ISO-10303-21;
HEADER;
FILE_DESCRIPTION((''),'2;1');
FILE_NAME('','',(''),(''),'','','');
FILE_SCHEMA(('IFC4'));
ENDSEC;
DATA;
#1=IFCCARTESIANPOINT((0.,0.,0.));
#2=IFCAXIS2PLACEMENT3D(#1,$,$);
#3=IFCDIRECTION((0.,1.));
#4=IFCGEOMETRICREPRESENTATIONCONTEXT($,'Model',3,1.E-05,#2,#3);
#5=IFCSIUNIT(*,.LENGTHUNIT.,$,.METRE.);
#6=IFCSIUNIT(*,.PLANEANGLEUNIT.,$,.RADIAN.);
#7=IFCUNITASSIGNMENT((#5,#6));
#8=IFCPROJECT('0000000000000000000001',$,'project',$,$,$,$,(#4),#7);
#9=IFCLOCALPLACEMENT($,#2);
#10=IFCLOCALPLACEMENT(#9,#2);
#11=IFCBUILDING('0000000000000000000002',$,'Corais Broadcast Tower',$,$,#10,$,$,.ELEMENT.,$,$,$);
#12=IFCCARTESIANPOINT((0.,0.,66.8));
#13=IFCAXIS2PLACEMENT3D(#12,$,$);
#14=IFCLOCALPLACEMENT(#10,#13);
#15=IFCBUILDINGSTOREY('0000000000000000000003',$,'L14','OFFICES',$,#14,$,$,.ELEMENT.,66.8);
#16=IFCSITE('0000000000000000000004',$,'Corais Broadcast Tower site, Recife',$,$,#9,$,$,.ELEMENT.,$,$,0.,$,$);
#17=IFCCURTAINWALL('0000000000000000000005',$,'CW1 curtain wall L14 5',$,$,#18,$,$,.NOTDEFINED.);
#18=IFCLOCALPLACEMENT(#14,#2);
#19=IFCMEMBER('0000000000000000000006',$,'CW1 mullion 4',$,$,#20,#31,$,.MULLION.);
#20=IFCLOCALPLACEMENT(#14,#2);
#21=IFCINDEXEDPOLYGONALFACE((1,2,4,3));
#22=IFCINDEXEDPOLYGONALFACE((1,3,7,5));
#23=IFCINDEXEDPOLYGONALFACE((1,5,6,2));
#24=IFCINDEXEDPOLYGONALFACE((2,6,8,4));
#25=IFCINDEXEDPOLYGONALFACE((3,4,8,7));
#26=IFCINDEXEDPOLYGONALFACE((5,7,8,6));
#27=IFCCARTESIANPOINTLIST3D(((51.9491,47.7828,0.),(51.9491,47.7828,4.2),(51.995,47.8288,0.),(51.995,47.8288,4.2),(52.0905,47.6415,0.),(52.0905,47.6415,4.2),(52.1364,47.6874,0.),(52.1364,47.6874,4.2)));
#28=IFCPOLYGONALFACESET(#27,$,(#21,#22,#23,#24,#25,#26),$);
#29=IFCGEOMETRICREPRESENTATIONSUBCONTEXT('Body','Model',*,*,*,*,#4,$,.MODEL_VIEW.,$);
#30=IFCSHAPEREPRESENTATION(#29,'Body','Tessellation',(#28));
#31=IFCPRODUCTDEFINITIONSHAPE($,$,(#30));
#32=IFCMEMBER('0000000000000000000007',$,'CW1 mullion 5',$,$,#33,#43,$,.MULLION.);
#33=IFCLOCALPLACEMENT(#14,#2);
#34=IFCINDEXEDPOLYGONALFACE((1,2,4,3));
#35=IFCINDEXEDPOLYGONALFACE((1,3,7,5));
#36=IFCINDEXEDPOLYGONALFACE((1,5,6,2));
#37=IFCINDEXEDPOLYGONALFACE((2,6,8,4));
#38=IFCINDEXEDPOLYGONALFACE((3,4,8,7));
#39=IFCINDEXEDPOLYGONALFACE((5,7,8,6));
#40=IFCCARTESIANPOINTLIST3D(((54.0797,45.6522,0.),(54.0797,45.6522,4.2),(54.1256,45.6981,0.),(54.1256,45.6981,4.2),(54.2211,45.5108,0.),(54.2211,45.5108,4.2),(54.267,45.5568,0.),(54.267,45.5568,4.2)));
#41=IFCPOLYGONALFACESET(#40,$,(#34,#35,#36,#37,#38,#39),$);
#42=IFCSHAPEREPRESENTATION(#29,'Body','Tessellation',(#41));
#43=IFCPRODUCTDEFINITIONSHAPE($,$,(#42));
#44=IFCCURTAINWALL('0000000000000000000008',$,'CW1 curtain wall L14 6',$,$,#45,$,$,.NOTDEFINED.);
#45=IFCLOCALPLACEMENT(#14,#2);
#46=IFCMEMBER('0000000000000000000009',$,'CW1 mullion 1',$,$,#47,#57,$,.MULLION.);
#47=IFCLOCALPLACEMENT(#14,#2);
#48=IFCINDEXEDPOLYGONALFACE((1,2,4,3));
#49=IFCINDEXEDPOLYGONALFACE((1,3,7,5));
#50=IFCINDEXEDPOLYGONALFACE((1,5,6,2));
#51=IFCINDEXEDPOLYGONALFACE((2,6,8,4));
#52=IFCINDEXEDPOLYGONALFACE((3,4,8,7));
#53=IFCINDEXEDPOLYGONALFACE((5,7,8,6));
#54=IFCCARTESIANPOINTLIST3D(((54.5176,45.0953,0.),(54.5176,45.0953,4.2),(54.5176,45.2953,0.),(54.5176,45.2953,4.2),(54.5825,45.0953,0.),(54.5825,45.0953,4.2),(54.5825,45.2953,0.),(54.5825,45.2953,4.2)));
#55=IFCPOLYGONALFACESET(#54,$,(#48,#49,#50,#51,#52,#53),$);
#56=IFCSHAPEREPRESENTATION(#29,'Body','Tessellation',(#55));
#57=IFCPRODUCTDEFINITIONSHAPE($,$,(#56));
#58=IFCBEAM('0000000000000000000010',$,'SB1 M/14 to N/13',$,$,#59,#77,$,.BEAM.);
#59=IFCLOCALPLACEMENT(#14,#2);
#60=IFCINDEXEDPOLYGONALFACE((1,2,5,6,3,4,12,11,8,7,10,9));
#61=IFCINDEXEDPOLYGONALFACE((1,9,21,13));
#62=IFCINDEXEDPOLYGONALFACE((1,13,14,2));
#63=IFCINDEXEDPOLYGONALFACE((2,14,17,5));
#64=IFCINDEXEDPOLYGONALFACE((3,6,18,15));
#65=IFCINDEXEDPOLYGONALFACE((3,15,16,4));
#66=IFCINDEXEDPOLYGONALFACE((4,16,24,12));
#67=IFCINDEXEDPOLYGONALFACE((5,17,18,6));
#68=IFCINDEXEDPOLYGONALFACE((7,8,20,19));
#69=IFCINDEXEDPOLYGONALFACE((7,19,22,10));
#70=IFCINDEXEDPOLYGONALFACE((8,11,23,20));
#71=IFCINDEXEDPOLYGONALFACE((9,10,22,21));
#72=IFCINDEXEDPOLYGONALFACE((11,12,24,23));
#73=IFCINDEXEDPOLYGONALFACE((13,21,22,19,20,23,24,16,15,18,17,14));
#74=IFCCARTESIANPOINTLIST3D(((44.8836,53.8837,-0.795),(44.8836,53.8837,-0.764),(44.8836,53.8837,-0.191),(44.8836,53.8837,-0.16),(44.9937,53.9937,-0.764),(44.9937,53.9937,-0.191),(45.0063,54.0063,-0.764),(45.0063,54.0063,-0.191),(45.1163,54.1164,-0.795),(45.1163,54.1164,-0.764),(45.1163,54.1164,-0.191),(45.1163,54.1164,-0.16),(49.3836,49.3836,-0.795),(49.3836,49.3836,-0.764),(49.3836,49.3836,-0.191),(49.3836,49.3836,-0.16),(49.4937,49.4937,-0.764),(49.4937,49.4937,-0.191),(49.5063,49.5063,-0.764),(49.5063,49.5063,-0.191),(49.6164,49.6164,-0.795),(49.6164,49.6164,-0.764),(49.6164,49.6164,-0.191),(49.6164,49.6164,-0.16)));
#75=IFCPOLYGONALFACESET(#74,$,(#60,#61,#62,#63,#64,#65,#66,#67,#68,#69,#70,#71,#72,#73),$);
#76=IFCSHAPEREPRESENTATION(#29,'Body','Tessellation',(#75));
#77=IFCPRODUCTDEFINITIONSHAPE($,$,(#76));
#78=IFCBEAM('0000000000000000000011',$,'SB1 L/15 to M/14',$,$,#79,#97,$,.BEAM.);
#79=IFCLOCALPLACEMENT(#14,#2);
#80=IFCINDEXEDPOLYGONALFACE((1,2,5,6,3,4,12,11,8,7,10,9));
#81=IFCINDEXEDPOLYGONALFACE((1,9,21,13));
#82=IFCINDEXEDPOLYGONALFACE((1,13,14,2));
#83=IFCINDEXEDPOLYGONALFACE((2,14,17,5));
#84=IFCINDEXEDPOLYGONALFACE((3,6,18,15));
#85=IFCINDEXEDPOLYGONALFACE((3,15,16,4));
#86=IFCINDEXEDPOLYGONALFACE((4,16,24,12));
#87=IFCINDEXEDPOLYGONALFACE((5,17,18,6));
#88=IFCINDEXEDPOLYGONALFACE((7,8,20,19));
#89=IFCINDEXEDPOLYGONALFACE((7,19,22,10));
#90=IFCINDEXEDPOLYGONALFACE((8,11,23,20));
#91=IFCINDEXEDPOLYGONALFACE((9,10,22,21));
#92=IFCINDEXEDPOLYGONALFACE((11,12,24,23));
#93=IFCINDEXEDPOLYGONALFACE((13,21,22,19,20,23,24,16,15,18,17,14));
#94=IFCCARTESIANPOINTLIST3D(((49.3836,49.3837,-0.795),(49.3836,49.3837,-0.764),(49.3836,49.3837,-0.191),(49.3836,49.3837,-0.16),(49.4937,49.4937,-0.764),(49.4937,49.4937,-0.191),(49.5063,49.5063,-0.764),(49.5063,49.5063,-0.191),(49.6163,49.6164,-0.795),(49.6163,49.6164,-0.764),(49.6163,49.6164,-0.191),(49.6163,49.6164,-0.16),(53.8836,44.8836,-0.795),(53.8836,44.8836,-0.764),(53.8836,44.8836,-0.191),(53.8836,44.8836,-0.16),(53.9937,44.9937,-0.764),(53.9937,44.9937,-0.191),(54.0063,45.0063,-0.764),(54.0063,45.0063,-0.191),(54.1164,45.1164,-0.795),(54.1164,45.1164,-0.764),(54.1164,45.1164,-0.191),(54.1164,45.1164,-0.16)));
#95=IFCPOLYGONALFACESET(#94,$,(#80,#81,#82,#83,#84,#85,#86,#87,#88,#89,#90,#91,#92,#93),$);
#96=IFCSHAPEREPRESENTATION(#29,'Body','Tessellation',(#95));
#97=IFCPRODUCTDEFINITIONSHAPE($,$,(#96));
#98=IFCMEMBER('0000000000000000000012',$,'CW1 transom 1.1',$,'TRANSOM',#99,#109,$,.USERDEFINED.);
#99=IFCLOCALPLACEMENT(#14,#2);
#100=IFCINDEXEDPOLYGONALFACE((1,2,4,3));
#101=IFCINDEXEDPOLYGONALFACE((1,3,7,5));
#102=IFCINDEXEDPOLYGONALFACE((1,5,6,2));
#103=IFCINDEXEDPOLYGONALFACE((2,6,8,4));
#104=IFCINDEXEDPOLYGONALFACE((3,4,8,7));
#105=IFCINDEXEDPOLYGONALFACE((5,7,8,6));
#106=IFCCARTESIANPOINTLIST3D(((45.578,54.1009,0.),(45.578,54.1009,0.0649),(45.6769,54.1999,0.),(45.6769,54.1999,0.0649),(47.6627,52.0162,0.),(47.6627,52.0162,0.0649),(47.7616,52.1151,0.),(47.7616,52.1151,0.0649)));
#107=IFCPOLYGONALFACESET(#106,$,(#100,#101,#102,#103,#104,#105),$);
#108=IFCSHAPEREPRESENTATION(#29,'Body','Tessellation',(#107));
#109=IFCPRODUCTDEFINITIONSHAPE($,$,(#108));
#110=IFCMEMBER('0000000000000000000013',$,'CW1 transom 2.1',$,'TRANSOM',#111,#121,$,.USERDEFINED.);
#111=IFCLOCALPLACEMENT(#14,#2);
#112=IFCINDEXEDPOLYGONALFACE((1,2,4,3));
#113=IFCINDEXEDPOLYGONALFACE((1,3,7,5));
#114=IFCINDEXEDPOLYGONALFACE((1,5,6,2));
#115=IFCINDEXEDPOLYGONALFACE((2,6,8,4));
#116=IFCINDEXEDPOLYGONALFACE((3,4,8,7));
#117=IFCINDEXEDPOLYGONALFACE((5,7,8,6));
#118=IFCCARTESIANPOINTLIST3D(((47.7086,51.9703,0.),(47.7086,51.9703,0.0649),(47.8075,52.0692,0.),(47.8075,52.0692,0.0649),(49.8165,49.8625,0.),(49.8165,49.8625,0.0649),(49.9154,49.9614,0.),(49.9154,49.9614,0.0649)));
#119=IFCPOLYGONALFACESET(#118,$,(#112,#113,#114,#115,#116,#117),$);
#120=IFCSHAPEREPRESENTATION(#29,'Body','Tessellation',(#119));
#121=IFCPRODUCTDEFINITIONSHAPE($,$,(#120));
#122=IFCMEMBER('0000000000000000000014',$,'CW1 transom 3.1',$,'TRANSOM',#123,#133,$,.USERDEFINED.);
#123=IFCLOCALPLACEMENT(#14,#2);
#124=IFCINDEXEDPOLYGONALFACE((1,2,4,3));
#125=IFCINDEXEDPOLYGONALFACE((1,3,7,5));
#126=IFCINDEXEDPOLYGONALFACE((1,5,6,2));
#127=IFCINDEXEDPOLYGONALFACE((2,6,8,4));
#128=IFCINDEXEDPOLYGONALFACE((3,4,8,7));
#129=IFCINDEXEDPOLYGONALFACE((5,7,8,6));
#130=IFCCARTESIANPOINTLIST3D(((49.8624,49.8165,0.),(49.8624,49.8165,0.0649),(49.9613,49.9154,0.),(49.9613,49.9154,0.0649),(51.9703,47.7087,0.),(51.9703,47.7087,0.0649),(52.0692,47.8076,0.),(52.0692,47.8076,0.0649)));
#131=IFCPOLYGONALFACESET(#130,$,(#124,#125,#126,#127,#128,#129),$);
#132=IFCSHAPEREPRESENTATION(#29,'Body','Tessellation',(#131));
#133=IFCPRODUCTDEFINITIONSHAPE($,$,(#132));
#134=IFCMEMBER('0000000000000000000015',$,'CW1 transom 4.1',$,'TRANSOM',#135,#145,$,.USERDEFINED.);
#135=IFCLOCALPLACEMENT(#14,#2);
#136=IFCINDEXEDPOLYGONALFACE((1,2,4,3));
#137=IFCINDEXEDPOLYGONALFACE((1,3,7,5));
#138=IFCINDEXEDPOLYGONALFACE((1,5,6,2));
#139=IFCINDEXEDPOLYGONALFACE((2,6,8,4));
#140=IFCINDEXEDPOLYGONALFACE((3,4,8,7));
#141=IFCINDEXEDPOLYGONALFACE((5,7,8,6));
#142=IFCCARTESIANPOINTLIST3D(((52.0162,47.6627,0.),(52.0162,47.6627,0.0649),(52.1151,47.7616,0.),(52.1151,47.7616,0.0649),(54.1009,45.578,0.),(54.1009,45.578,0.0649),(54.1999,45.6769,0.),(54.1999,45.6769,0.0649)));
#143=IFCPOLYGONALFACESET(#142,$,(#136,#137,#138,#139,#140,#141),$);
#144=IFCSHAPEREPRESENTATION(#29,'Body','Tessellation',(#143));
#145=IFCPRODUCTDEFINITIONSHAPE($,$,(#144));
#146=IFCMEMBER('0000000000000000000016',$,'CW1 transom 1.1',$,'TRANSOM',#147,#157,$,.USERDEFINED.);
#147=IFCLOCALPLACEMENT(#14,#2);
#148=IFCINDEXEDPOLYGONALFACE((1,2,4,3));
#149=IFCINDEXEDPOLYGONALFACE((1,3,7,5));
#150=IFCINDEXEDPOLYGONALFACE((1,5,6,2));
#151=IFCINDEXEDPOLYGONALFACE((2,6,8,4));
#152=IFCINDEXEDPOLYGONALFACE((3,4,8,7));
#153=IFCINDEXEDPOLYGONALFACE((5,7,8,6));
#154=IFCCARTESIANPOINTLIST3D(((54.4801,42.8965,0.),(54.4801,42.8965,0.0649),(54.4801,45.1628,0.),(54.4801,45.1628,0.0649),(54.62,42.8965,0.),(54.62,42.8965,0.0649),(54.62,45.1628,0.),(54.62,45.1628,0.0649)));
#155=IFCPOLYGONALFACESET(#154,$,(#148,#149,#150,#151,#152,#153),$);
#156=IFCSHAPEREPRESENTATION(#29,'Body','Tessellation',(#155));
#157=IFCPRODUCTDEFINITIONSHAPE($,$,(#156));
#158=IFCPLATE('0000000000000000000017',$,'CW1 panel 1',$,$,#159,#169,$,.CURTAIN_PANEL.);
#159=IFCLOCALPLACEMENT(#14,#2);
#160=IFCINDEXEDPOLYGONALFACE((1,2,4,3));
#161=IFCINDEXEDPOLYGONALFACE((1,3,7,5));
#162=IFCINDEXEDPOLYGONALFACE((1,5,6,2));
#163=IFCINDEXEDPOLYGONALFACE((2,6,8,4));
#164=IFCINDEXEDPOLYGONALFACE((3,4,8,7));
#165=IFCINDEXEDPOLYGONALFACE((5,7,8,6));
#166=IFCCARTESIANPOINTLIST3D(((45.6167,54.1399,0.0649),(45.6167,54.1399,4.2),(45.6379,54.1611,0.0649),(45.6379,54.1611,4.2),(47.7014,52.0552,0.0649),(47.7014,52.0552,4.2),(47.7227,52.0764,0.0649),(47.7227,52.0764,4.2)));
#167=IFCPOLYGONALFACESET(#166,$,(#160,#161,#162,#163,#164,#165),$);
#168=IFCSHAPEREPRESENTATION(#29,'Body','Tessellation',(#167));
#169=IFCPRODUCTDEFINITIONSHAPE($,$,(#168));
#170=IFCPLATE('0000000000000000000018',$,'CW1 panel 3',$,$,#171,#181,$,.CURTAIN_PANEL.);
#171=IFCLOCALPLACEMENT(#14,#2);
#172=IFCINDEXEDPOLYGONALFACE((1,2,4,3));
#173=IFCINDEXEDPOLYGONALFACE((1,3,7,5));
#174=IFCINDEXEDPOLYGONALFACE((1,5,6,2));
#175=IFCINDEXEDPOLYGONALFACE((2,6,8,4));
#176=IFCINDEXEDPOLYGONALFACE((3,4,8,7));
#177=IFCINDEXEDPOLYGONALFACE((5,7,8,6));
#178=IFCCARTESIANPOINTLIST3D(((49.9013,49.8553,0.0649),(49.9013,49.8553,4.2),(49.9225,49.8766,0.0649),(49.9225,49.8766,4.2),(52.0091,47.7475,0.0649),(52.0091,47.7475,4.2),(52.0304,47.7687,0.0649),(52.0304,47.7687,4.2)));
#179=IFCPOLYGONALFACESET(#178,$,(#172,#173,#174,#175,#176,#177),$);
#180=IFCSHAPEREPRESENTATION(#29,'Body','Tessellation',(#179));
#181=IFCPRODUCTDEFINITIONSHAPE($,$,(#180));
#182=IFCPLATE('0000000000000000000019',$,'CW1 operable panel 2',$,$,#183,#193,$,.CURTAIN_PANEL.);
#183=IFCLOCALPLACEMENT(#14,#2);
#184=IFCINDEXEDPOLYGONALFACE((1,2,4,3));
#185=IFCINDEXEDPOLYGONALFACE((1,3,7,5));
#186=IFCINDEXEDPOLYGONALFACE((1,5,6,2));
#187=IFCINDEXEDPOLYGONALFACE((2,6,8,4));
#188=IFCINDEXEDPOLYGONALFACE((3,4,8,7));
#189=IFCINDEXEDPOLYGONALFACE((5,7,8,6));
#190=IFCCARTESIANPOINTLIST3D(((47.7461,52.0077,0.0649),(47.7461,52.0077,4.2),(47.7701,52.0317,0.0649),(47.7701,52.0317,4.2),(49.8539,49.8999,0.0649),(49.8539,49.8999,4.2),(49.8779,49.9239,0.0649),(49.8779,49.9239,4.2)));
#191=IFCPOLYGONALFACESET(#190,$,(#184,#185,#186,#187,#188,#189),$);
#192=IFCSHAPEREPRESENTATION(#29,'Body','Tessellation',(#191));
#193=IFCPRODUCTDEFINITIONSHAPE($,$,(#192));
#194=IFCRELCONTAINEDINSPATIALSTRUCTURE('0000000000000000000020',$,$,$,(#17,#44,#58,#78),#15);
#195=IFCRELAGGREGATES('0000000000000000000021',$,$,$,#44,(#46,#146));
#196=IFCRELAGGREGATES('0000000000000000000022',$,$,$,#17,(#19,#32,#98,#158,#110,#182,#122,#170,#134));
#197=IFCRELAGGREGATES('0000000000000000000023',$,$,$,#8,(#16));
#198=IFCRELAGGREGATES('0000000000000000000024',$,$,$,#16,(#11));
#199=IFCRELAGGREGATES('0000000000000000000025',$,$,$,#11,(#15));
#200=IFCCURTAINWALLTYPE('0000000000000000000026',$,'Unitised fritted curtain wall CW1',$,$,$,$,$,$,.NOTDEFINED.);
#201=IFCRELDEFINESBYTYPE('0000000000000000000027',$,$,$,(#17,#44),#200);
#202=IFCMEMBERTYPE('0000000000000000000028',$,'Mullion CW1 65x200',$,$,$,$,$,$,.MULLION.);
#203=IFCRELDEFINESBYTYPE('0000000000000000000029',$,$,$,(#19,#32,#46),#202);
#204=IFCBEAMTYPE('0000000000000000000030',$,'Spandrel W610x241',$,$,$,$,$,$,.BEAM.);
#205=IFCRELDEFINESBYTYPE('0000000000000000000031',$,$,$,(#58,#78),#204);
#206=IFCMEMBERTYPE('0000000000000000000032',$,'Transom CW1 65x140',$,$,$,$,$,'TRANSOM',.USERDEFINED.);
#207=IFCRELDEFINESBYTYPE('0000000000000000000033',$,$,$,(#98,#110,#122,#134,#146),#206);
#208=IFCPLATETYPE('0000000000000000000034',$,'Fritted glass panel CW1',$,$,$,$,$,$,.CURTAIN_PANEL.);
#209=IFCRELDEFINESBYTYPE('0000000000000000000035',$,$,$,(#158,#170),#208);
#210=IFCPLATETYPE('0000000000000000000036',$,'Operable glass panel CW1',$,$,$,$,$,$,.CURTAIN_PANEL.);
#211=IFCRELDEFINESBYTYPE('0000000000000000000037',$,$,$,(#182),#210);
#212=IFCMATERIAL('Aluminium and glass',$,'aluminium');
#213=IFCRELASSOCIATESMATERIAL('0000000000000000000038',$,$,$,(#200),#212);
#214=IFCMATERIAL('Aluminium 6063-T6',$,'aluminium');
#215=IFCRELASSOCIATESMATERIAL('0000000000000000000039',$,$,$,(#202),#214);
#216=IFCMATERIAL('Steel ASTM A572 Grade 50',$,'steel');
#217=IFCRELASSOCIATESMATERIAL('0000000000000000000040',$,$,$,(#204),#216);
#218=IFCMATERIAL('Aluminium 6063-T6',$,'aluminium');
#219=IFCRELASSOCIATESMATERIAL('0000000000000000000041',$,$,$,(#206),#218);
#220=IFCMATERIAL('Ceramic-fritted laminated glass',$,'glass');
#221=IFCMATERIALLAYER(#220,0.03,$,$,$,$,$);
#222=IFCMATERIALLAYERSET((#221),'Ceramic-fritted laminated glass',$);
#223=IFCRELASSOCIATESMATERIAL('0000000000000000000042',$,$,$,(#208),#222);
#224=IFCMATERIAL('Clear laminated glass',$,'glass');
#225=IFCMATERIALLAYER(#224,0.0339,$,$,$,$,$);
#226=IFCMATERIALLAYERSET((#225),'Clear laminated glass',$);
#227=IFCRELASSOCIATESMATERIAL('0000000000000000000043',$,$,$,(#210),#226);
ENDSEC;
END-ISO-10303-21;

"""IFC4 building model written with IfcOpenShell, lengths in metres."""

from ifc_helpers import new_model, si_unit, direction, frame, origin, origin_2d, place, context, subcontext, project, spatial, rectangle, i_section, extrude, material, layer, layer_set, material_profile, profile_set, type_object, element, aggregate, save


model = new_model("IFC4")

# Units and contexts
model_context = context("Model", 3, precision=1e-05, world=origin(), true_north=direction((0.0, 1.0)))
body_context = subcontext(model_context, "Body", "Model", "MODEL_VIEW")
ifc_project = project(units=[si_unit("LENGTHUNIT", "METRE"), si_unit("PLANEANGLEUNIT", "RADIAN")], contexts=[model_context])

# Site, building, storey
site_placement = place(None, origin())
site = spatial("IfcSite", under=ifc_project, at=site_placement, Name="Corais Broadcast Tower site, Recife", CompositionType="ELEMENT", RefElevation=0.0)
building_placement = place(site_placement, origin())
building = spatial("IfcBuilding", under=site, at=building_placement, Name="Corais Broadcast Tower", CompositionType="ELEMENT")
storey_placement = place(building_placement, frame((0.0, 0.0, 66.8)))
storey = spatial("IfcBuildingStorey", under=building, at=storey_placement, Name="L14", Description="OFFICES", CompositionType="ELEMENT", Elevation=66.8)

# Shared definitions
ifc_material_1 = material(Name="Aluminium and glass", Category="aluminium")
curtain_wall_type = type_object("IfcCurtainWallType", Name="Unitised fritted curtain wall CW1", PredefinedType="NOTDEFINED", material=ifc_material_1)
ifc_material_2 = material(Name="Aluminium 6063-T6", Category="aluminium")
ifc_material_profile_1 = material_profile(ifc_material_2, rectangle(XDim=0.0649, YDim=0.2, at=origin_2d()), Name="Mullion CW1 65x200")
ifc_profile_set_1 = profile_set([ifc_material_profile_1], Name="Aluminium 6063-T6")
member_type_1 = type_object("IfcMemberType", Name="Mullion CW1 65x200", PredefinedType="MULLION", material=ifc_profile_set_1)

# Curtain wall, members
curtain_wall_1_placement = place(storey_placement, origin())
curtain_wall_1 = element("IfcCurtainWall", 1, at=curtain_wall_1_placement, inside=storey, type_object=curtain_wall_type, Name="CW1 curtain wall L14 5", PredefinedType="NOTDEFINED")
member_1_placement = place(storey_placement, frame((52.0427, 47.7351, 0.0), z_axis=(0.0, 0.0, 1.0), x_axis=(0.707107, 0.707107, 0.0)))
member_1 = element("IfcMember", 2, at=member_1_placement, type_object=member_type_1, Name="CW1 mullion 4", PredefinedType="MULLION", context=body_context, shape_type="SweptSolid", body=[
    extrude(rectangle(XDim=0.0649, YDim=0.2, at=origin_2d()), origin(), (0.0, 0.0, 1.0), 4.2),
])
member_2_placement = place(storey_placement, frame((54.1733, 45.6045, 0.0), z_axis=(0.0, 0.0, 1.0), x_axis=(0.707107, 0.707107, 0.0)))
member_2 = element("IfcMember", 3, at=member_2_placement, type_object=member_type_1, Name="CW1 mullion 5", PredefinedType="MULLION", context=body_context, shape_type="SweptSolid", body=[
    extrude(rectangle(XDim=0.0649, YDim=0.2, at=origin_2d()), origin(), (0.0, 0.0, 1.0), 4.2),
])

# Curtain wall, member
curtain_wall_2_placement = place(storey_placement, origin())
curtain_wall_2 = element("IfcCurtainWall", 4, at=curtain_wall_2_placement, inside=storey, type_object=curtain_wall_type, Name="CW1 curtain wall L14 6", PredefinedType="NOTDEFINED")
member_3_placement = place(storey_placement, frame((54.55, 45.1953, 0.0), z_axis=(0.0, 0.0, 1.0), x_axis=(1.0, 0.0, 0.0)))
member_3 = element("IfcMember", 5, at=member_3_placement, type_object=member_type_1, Name="CW1 mullion 1", PredefinedType="MULLION", context=body_context, shape_type="SweptSolid", body=[
    extrude(rectangle(XDim=0.0649, YDim=0.2, at=origin_2d()), origin(), (0.0, 0.0, 1.0), 4.2),
])

# Beams
ifc_material_3 = material(Name="Steel ASTM A572 Grade 50", Category="steel")
ifc_material_profile_2 = material_profile(ifc_material_3, i_section(OverallWidth=0.3291, OverallDepth=0.635, WebThickness=0.0178, FlangeThickness=0.031, at=origin_2d()), Name="W610x241")
ifc_profile_set_2 = profile_set([ifc_material_profile_2], Name="Steel ASTM A572 Grade 50")
beam_type_1 = type_object("IfcBeamType", Name="Spandrel W610x241", PredefinedType="BEAM", material=ifc_profile_set_2)
for number, where, z_axis, x_axis, name in (
    (6, (49.5, 49.5, -0.4775), (-0.707107, 0.707107, 0.0), (-0.707107, -0.707107, 0.0), "SB1 M/14 to N/13"),
    (7, (54.0, 45.0, -0.4775), (-0.707107, 0.707107, 0.0), (-0.707107, -0.707107, 0.0), "SB1 L/15 to M/14"),
):
    element("IfcBeam", number, at=place(storey_placement, frame(where, z_axis=z_axis, x_axis=x_axis)), inside=storey, type_object=beam_type_1, Name=name, PredefinedType="BEAM", context=body_context, shape_type="SweptSolid", body=[
        extrude(i_section(OverallWidth=0.3291, OverallDepth=0.635, WebThickness=0.0178, FlangeThickness=0.031, at=origin_2d()), origin(), (0.0, 0.0, 1.0), 6.364),
    ])

# Members
ifc_material_4 = material(Name="Aluminium 6063-T6", Category="aluminium")
ifc_material_profile_3 = material_profile(ifc_material_4, rectangle(XDim=0.1399, YDim=0.0649, at=origin_2d()), Name="Transom CW1 65x140")
ifc_profile_set_3 = profile_set([ifc_material_profile_3], Name="Aluminium 6063-T6")
member_type_2 = type_object("IfcMemberType", Name="Transom CW1 65x140", ElementType="TRANSOM", PredefinedType="USERDEFINED", material=ifc_profile_set_3)
member_4_placement = place(storey_placement, frame((45.6274, 54.1504, 0.0325), z_axis=(0.707107, -0.707107, 0.0), x_axis=(0.707107, 0.707107, 0.0)))
member_4 = element("IfcMember", 8, at=member_4_placement, type_object=member_type_2, Name="CW1 transom 1.1", ObjectType="TRANSOM", PredefinedType="USERDEFINED", context=body_context, shape_type="SweptSolid", body=[
    extrude(rectangle(XDim=0.1399, YDim=0.0649, at=origin_2d()), origin(), (0.0, 0.0, 1.0), 2.9482),
])
member_5_placement = place(storey_placement, frame((47.7581, 52.0198, 0.0325), z_axis=(0.707107, -0.707107, 0.0), x_axis=(0.707107, 0.707107, 0.0)))
member_5 = element("IfcMember", 9, at=member_5_placement, type_object=member_type_2, Name="CW1 transom 2.1", ObjectType="TRANSOM", PredefinedType="USERDEFINED", context=body_context, shape_type="SweptSolid", body=[
    extrude(rectangle(XDim=0.1399, YDim=0.0649, at=origin_2d()), origin(), (0.0, 0.0, 1.0), 2.981),
])
member_6_placement = place(storey_placement, frame((49.9119, 49.866, 0.0325), z_axis=(0.707107, -0.707107, 0.0), x_axis=(0.707107, 0.707107, 0.0)))
member_6 = element("IfcMember", 10, at=member_6_placement, type_object=member_type_2, Name="CW1 transom 3.1", ObjectType="TRANSOM", PredefinedType="USERDEFINED", context=body_context, shape_type="SweptSolid", body=[
    extrude(rectangle(XDim=0.1399, YDim=0.0649, at=origin_2d()), origin(), (0.0, 0.0, 1.0), 2.981),
])
member_7_placement = place(storey_placement, frame((52.0657, 47.7122, 0.0325), z_axis=(0.707107, -0.707107, 0.0), x_axis=(0.707107, 0.707107, 0.0)))
member_7 = element("IfcMember", 11, at=member_7_placement, type_object=member_type_2, Name="CW1 transom 4.1", ObjectType="TRANSOM", PredefinedType="USERDEFINED", context=body_context, shape_type="SweptSolid", body=[
    extrude(rectangle(XDim=0.1399, YDim=0.0649, at=origin_2d()), origin(), (0.0, 0.0, 1.0), 2.9482),
])
member_8_placement = place(storey_placement, frame((54.55, 45.1628, 0.0325), z_axis=(0.0, -1.0, 0.0), x_axis=(1.0, 0.0, 0.0)))
member_8 = element("IfcMember", 12, at=member_8_placement, type_object=member_type_2, Name="CW1 transom 1.1", ObjectType="TRANSOM", PredefinedType="USERDEFINED", context=body_context, shape_type="SweptSolid", body=[
    extrude(rectangle(XDim=0.1399, YDim=0.0649, at=origin_2d()), origin(), (0.0, 0.0, 1.0), 2.2664),
])
aggregate(curtain_wall_2, [member_3, member_8])

# Plates
ifc_material_5 = material(Name="Ceramic-fritted laminated glass", Category="glass")
ifc_layer_1 = layer(ifc_material_5, 0.03)
ifc_layer_set_1 = layer_set([ifc_layer_1], Name="Ceramic-fritted laminated glass")
plate_type_1 = type_object("IfcPlateType", Name="Fritted glass panel CW1", PredefinedType="CURTAIN_PANEL", material=ifc_layer_set_1)
plate_1_placement = place(storey_placement, frame((46.6697, 53.1082, 0.0649), z_axis=(0.0, 0.0, 1.0), x_axis=(0.707107, -0.707107, 0.0)))
plate_1 = element("IfcPlate", 13, at=plate_1_placement, type_object=plate_type_1, Name="CW1 panel 1", PredefinedType="CURTAIN_PANEL", context=body_context, shape_type="SweptSolid", body=[
    extrude(rectangle(XDim=2.9482, YDim=0.03, at=origin_2d()), origin(), (0.0, 0.0, 1.0), 4.135),
])
plate_2_placement = place(storey_placement, frame((50.9658, 48.812, 0.0649), z_axis=(0.0, 0.0, 1.0), x_axis=(0.707107, -0.707107, 0.0)))
plate_2 = element("IfcPlate", 14, at=plate_2_placement, type_object=plate_type_1, Name="CW1 panel 3", PredefinedType="CURTAIN_PANEL", context=body_context, shape_type="SweptSolid", body=[
    extrude(rectangle(XDim=2.981, YDim=0.03, at=origin_2d()), origin(), (0.0, 0.0, 1.0), 4.135),
])
ifc_material_6 = material(Name="Clear laminated glass", Category="glass")
ifc_layer_2 = layer(ifc_material_6, 0.0339)
ifc_layer_set_2 = layer_set([ifc_layer_2], Name="Clear laminated glass")
plate_type_2 = type_object("IfcPlateType", Name="Operable glass panel CW1", PredefinedType="CURTAIN_PANEL", material=ifc_layer_set_2)
plate_3_placement = place(storey_placement, frame((48.812, 50.9658, 0.0649), z_axis=(0.0, 0.0, 1.0), x_axis=(0.707107, -0.707107, 0.0)))
plate_3 = element("IfcPlate", 15, at=plate_3_placement, type_object=plate_type_2, Name="CW1 operable panel 2", PredefinedType="CURTAIN_PANEL", context=body_context, shape_type="SweptSolid", body=[
    extrude(rectangle(XDim=2.981, YDim=0.0339, at=origin_2d()), origin(), (0.0, 0.0, 1.0), 4.135),
])
aggregate(curtain_wall_1, [member_1, member_2, member_4, plate_1, member_5, plate_3, member_6, plate_2, member_7])

save(model, "model.ifc")
